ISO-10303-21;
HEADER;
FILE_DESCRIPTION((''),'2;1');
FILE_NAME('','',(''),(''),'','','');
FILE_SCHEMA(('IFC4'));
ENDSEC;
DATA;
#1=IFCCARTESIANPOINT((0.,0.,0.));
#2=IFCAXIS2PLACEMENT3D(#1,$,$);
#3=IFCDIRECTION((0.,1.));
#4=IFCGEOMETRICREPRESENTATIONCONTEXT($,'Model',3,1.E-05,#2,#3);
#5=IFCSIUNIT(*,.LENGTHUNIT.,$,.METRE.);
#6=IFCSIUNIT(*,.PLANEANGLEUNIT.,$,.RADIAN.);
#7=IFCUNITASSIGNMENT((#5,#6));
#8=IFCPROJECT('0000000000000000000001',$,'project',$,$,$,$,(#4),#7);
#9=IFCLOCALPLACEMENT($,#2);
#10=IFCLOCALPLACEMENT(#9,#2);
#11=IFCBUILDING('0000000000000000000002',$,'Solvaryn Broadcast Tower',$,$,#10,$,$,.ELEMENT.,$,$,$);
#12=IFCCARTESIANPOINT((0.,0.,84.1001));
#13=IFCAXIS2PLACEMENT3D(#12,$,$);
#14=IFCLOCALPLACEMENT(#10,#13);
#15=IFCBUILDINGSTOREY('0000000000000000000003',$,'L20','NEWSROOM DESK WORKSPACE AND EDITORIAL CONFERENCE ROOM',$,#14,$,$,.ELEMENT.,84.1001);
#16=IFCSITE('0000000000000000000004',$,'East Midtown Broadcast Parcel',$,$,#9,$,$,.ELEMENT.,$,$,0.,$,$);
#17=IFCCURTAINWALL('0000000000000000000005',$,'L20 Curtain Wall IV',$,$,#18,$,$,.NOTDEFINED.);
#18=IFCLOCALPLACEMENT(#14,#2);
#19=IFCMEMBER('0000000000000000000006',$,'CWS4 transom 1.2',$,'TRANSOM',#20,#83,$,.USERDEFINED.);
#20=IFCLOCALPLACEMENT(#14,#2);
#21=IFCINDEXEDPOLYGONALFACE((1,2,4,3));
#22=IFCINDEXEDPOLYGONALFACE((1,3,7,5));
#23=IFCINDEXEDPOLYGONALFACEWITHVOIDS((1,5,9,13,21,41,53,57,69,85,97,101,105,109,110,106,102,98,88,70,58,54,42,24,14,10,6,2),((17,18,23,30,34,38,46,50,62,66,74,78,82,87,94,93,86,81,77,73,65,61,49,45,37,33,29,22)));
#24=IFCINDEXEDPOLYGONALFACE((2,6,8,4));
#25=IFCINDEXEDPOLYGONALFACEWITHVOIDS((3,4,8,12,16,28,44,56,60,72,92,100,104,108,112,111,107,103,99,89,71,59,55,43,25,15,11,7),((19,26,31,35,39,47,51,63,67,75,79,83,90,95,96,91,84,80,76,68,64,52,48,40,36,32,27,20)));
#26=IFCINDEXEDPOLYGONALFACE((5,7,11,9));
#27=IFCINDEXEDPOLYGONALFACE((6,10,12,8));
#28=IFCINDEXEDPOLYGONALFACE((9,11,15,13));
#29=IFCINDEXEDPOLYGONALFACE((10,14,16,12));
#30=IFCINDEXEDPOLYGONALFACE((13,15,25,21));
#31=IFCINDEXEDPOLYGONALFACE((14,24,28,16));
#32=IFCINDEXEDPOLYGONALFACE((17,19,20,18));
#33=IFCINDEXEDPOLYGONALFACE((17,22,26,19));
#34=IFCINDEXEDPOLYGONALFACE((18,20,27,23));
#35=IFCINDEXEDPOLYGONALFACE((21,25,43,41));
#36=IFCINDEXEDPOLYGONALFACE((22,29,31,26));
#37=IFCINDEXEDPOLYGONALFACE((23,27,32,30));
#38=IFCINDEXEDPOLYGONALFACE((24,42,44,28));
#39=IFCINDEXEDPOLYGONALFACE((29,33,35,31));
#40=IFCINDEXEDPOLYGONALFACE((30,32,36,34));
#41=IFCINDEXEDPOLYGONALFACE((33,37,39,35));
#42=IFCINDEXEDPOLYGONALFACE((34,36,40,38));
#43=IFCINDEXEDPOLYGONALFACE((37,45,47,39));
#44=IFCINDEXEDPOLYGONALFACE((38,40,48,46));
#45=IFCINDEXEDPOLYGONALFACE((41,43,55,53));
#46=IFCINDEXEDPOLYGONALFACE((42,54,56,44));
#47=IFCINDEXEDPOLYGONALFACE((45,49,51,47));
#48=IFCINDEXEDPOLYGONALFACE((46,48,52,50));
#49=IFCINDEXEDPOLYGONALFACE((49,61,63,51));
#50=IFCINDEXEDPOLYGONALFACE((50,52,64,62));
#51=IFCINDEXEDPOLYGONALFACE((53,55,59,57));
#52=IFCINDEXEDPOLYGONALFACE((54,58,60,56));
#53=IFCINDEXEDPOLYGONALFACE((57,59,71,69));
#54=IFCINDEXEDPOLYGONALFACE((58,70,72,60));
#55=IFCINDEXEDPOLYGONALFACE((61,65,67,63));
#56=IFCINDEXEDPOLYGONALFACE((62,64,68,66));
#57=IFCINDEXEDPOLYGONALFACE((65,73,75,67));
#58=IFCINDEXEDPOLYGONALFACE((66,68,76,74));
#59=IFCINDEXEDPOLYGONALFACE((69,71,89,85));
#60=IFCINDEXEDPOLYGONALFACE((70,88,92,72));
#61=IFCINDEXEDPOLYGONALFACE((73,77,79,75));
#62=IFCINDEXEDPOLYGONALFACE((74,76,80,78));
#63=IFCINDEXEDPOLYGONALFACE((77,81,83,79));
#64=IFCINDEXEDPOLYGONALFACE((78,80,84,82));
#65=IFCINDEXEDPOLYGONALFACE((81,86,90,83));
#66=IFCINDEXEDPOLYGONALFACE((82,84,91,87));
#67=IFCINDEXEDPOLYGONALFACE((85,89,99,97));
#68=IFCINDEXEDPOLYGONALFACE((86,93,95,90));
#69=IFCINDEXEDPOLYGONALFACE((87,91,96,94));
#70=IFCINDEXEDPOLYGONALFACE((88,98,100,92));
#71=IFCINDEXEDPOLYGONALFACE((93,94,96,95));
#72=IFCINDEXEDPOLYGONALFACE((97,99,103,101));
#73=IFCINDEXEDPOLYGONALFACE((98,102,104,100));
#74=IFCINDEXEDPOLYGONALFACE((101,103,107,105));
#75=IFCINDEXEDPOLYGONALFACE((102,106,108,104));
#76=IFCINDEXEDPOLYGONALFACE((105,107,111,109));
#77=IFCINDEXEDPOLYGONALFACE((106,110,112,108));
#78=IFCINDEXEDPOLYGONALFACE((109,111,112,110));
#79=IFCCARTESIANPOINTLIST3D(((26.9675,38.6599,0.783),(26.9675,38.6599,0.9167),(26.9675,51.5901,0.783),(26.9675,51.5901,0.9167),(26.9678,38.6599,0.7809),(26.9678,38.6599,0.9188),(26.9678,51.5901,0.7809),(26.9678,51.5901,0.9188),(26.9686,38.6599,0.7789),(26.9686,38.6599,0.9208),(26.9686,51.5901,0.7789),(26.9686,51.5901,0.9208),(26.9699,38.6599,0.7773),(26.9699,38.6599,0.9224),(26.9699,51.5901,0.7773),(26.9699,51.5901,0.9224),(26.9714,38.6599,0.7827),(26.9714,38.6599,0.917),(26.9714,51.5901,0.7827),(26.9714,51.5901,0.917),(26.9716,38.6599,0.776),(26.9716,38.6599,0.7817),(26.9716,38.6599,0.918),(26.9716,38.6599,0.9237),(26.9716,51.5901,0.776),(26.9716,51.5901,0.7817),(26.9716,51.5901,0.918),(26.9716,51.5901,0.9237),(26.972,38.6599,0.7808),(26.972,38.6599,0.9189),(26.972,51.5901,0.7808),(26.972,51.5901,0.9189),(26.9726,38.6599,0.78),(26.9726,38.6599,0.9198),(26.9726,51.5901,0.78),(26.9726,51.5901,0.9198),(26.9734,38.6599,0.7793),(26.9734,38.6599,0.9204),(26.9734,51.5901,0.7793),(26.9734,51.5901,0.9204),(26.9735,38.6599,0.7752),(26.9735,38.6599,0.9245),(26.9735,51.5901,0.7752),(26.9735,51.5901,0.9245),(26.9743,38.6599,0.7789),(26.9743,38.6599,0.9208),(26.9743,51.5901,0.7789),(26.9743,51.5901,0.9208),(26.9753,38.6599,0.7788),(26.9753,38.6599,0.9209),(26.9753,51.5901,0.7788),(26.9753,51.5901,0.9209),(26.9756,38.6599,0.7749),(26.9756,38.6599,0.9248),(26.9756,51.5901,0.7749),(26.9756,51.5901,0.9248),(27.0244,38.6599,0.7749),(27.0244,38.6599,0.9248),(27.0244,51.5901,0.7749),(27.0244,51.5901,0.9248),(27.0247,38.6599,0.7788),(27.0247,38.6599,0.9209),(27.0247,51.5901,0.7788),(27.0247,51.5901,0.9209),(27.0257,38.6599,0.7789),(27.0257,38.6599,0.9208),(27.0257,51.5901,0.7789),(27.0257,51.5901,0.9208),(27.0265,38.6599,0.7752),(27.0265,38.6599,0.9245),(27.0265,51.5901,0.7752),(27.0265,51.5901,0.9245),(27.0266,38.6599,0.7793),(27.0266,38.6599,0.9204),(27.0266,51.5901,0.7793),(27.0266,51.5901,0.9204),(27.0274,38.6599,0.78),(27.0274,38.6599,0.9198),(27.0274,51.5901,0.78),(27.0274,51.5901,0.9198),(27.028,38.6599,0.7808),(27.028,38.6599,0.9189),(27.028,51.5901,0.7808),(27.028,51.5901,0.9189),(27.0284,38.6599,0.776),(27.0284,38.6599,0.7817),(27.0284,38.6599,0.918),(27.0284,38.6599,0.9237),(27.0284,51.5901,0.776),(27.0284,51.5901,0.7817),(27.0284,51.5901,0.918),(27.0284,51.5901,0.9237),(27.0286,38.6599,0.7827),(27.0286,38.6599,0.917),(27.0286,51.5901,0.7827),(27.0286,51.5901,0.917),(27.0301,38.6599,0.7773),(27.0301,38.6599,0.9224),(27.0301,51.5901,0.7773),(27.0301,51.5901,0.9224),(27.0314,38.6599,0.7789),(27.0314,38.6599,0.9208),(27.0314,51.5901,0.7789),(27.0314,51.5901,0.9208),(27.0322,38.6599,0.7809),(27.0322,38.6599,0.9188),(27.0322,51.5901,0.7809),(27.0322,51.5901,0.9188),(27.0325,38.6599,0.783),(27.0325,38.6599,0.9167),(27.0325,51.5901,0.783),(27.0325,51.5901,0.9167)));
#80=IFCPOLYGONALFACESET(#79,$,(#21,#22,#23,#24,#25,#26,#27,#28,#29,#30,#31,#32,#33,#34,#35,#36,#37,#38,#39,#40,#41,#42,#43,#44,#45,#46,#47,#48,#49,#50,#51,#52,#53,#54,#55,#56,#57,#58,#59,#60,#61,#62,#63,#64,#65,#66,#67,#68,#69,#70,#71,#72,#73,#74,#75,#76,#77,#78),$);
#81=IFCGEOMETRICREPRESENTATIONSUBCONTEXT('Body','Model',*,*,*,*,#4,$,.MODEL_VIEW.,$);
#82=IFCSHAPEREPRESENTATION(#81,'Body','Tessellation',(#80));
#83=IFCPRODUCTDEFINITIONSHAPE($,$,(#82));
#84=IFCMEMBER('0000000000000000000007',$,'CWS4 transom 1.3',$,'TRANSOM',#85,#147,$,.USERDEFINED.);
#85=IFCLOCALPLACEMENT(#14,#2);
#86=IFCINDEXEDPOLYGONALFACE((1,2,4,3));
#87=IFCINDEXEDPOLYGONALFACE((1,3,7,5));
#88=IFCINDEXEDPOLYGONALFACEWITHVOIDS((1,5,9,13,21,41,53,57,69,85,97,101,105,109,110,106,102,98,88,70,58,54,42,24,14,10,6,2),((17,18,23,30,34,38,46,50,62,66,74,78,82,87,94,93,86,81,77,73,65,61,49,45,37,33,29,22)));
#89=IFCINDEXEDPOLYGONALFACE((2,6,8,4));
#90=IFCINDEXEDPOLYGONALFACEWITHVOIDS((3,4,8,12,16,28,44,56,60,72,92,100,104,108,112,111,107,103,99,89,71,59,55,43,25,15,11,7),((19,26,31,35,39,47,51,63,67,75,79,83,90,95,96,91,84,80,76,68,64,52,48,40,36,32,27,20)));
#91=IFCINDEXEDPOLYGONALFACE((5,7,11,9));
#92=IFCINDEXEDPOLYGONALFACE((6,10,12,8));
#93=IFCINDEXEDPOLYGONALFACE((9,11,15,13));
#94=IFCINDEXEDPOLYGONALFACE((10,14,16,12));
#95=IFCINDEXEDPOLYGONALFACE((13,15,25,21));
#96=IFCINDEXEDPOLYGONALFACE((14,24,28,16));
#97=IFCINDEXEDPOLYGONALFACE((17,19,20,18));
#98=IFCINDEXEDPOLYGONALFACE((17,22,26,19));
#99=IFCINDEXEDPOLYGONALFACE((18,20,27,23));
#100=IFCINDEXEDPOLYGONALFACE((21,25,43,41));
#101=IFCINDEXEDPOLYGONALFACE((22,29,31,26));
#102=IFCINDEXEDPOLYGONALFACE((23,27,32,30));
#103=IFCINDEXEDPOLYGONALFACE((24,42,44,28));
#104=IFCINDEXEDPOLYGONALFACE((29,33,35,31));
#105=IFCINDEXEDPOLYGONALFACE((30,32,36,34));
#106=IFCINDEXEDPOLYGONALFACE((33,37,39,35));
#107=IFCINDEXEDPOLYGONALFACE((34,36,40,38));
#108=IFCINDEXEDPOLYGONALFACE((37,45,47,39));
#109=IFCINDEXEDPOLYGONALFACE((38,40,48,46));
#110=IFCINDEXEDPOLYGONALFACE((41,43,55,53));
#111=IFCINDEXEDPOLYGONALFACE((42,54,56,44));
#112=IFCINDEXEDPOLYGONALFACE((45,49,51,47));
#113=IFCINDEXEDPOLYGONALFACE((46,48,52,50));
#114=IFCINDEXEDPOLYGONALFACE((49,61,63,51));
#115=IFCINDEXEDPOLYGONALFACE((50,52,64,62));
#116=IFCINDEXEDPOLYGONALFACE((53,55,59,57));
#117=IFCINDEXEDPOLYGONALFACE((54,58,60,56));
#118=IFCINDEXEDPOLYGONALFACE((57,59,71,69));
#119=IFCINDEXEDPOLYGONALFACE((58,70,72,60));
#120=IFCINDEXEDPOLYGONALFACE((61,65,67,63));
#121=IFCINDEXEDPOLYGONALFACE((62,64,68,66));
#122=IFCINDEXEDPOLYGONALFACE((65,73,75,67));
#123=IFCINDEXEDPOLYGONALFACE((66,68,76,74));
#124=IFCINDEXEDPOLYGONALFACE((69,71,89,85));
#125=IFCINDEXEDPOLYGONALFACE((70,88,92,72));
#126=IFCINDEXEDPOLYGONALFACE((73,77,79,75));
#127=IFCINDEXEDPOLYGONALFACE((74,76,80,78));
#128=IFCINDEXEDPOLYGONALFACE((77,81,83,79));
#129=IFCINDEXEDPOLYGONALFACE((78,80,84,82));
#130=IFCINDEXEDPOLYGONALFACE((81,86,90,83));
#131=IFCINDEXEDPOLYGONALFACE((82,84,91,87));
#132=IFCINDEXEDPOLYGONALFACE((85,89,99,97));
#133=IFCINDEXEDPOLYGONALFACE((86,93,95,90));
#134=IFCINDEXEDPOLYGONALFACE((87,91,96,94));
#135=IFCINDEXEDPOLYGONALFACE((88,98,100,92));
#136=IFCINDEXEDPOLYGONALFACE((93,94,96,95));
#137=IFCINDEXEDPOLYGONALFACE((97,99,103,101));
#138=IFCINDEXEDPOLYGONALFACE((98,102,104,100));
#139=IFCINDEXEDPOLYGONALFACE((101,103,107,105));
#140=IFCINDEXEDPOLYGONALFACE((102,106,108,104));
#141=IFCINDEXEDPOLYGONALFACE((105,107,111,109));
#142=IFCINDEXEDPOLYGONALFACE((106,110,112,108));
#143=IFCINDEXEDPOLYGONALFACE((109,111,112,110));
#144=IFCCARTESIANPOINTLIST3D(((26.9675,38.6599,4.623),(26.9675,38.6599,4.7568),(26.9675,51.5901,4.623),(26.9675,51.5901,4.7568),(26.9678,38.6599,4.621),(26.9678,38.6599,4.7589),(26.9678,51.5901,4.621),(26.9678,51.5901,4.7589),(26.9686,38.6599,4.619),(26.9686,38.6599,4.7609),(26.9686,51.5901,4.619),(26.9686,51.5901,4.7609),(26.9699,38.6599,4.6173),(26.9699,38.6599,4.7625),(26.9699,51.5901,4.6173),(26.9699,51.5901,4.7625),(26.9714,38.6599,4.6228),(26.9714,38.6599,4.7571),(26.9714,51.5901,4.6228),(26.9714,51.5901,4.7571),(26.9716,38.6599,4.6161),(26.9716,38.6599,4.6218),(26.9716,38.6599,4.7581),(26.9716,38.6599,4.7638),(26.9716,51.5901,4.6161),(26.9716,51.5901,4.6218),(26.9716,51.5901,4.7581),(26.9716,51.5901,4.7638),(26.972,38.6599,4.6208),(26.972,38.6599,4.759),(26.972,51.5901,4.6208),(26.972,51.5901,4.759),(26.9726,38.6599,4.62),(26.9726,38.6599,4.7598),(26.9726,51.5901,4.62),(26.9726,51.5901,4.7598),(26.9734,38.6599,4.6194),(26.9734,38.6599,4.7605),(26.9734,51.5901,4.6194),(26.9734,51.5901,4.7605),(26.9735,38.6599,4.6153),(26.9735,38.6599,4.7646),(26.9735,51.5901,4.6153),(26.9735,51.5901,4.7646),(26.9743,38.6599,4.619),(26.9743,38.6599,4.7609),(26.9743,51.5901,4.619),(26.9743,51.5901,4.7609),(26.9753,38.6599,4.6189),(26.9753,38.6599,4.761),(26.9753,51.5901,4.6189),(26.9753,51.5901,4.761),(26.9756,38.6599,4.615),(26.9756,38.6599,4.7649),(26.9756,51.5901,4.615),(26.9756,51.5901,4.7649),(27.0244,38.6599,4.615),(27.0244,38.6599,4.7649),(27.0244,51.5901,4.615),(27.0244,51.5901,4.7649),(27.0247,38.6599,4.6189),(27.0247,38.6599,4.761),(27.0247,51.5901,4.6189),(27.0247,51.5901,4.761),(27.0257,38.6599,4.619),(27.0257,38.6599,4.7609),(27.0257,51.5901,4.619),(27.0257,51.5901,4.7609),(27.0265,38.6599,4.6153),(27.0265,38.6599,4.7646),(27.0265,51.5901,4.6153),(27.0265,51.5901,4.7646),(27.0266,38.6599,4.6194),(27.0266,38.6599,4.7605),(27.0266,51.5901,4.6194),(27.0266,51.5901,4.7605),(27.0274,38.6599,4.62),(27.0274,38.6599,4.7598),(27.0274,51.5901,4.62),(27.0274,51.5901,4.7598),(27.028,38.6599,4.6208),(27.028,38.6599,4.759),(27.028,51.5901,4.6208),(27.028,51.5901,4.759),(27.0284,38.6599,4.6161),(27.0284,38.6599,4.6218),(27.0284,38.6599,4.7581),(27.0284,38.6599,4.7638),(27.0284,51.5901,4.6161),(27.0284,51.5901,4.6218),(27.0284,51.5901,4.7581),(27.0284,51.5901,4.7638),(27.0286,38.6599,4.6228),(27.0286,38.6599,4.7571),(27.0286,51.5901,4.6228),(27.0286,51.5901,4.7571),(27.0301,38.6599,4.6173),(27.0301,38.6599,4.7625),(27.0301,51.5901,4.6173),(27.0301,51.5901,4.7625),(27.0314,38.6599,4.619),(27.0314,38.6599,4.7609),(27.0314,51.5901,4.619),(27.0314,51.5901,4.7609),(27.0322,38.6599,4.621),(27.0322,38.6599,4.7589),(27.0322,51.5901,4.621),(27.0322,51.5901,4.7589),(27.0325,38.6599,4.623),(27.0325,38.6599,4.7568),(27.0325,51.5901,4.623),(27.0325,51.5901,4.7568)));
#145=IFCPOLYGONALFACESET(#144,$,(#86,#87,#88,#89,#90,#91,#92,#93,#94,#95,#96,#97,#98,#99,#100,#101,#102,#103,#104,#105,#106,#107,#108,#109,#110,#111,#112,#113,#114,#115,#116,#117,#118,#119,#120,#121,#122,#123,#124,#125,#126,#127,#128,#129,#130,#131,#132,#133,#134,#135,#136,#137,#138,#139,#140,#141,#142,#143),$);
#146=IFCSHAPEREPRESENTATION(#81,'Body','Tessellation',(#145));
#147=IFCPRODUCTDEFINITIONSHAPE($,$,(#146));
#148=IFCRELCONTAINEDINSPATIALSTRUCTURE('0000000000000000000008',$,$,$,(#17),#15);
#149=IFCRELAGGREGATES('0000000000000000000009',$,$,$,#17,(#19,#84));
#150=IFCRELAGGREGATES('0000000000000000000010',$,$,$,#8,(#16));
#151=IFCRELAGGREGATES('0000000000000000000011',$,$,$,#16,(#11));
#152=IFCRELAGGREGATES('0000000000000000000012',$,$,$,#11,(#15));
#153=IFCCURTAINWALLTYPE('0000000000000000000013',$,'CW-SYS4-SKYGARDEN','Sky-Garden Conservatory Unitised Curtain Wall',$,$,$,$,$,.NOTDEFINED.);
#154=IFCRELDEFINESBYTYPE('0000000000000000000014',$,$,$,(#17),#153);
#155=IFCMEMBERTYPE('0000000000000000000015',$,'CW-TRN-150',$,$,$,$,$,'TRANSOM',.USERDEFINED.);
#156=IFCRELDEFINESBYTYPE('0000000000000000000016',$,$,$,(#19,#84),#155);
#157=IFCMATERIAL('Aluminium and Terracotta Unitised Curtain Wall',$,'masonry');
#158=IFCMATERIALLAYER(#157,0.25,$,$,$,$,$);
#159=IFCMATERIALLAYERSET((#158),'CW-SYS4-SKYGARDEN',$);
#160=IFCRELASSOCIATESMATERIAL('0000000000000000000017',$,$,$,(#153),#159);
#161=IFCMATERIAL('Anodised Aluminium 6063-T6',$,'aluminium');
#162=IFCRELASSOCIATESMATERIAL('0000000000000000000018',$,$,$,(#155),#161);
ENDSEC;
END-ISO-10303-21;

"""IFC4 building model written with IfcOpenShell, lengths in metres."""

from ifc_helpers import new_model, si_unit, direction, frame, origin, origin_2d, place, context, subcontext, project, spatial, hollow_rectangle, extrude, material, layer, layer_set, material_profile, profile_set, type_object, element, aggregate, save


model = new_model("IFC4")

# Units and contexts
model_context = context("Model", 3, precision=1e-05, world=origin(), true_north=direction((0.0, 1.0)))
body_context = subcontext(model_context, "Body", "Model", "MODEL_VIEW")
ifc_project = project(units=[si_unit("LENGTHUNIT", "METRE"), si_unit("PLANEANGLEUNIT", "RADIAN")], contexts=[model_context])

# Site, building, storey
site_placement = place(None, origin())
site = spatial("IfcSite", under=ifc_project, at=site_placement, Name="East Midtown Broadcast Parcel", CompositionType="ELEMENT", RefElevation=0.0)
building_placement = place(site_placement, origin())
building = spatial("IfcBuilding", under=site, at=building_placement, Name="Solvaryn Broadcast Tower", CompositionType="ELEMENT")
storey_placement = place(building_placement, frame((0.0, 0.0, 84.1001)))
storey = spatial("IfcBuildingStorey", under=building, at=storey_placement, Name="L20", Description="NEWSROOM DESK WORKSPACE AND EDITORIAL CONFERENCE ROOM", CompositionType="ELEMENT", Elevation=84.1001)

# Curtain wall
ifc_material_1 = material(Name="Aluminium and Terracotta Unitised Curtain Wall", Category="masonry")
ifc_layer_1 = layer(ifc_material_1, 0.25)
ifc_layer_set_1 = layer_set([ifc_layer_1], Name="CW-SYS4-SKYGARDEN")
curtain_wall_type = type_object("IfcCurtainWallType", Name="CW-SYS4-SKYGARDEN", Description="Sky-Garden Conservatory Unitised Curtain Wall", PredefinedType="NOTDEFINED", material=ifc_layer_set_1)
curtain_wall_1_placement = place(storey_placement, origin())
curtain_wall_1 = element("IfcCurtainWall", 1, at=curtain_wall_1_placement, inside=storey, type_object=curtain_wall_type, Name="L20 Curtain Wall IV", PredefinedType="NOTDEFINED")

# Members
ifc_material_2 = material(Name="Anodised Aluminium 6063-T6", Category="aluminium")
ifc_material_profile_1 = material_profile(ifc_material_2, hollow_rectangle(XDim=0.0649, YDim=0.1499, WallThickness=0.0039, InnerFilletRadius=0.0039, OuterFilletRadius=0.0081, at=origin_2d()))
ifc_profile_set_1 = profile_set([ifc_material_profile_1], Name="Anodised Aluminium 6063-T6")
member_type_1 = type_object("IfcMemberType", Name="CW-TRN-150", ElementType="TRANSOM", PredefinedType="USERDEFINED", material=ifc_profile_set_1)
member_1_placement = place(storey_placement, frame((27.0, 51.5901, 0.8499), z_axis=(0.0, -1.0, 0.0), x_axis=(1.0, 0.0, 0.0)))
member_1 = element("IfcMember", 2, at=member_1_placement, type_object=member_type_1, Name="CWS4 transom 1.2", ObjectType="TRANSOM", PredefinedType="USERDEFINED", context=body_context, shape_type="SweptSolid", body=[
    extrude(hollow_rectangle(XDim=0.0649, YDim=0.1499, WallThickness=0.0039, InnerFilletRadius=0.0039, OuterFilletRadius=0.0081, at=origin_2d()), origin(), (0.0, 0.0, 1.0), 12.9302),
])
member_2_placement = place(storey_placement, frame((27.0, 51.5901, 4.6899), z_axis=(0.0, -1.0, 0.0), x_axis=(1.0, 0.0, 0.0)))
member_2 = element("IfcMember", 3, at=member_2_placement, type_object=member_type_1, Name="CWS4 transom 1.3", ObjectType="TRANSOM", PredefinedType="USERDEFINED", context=body_context, shape_type="SweptSolid", body=[
    extrude(hollow_rectangle(XDim=0.0649, YDim=0.1499, WallThickness=0.0039, InnerFilletRadius=0.0039, OuterFilletRadius=0.0081, at=origin_2d()), origin(), (0.0, 0.0, 1.0), 12.9302),
])

aggregate(curtain_wall_1, [member_1, member_2])

save(model, "model.ifc")
